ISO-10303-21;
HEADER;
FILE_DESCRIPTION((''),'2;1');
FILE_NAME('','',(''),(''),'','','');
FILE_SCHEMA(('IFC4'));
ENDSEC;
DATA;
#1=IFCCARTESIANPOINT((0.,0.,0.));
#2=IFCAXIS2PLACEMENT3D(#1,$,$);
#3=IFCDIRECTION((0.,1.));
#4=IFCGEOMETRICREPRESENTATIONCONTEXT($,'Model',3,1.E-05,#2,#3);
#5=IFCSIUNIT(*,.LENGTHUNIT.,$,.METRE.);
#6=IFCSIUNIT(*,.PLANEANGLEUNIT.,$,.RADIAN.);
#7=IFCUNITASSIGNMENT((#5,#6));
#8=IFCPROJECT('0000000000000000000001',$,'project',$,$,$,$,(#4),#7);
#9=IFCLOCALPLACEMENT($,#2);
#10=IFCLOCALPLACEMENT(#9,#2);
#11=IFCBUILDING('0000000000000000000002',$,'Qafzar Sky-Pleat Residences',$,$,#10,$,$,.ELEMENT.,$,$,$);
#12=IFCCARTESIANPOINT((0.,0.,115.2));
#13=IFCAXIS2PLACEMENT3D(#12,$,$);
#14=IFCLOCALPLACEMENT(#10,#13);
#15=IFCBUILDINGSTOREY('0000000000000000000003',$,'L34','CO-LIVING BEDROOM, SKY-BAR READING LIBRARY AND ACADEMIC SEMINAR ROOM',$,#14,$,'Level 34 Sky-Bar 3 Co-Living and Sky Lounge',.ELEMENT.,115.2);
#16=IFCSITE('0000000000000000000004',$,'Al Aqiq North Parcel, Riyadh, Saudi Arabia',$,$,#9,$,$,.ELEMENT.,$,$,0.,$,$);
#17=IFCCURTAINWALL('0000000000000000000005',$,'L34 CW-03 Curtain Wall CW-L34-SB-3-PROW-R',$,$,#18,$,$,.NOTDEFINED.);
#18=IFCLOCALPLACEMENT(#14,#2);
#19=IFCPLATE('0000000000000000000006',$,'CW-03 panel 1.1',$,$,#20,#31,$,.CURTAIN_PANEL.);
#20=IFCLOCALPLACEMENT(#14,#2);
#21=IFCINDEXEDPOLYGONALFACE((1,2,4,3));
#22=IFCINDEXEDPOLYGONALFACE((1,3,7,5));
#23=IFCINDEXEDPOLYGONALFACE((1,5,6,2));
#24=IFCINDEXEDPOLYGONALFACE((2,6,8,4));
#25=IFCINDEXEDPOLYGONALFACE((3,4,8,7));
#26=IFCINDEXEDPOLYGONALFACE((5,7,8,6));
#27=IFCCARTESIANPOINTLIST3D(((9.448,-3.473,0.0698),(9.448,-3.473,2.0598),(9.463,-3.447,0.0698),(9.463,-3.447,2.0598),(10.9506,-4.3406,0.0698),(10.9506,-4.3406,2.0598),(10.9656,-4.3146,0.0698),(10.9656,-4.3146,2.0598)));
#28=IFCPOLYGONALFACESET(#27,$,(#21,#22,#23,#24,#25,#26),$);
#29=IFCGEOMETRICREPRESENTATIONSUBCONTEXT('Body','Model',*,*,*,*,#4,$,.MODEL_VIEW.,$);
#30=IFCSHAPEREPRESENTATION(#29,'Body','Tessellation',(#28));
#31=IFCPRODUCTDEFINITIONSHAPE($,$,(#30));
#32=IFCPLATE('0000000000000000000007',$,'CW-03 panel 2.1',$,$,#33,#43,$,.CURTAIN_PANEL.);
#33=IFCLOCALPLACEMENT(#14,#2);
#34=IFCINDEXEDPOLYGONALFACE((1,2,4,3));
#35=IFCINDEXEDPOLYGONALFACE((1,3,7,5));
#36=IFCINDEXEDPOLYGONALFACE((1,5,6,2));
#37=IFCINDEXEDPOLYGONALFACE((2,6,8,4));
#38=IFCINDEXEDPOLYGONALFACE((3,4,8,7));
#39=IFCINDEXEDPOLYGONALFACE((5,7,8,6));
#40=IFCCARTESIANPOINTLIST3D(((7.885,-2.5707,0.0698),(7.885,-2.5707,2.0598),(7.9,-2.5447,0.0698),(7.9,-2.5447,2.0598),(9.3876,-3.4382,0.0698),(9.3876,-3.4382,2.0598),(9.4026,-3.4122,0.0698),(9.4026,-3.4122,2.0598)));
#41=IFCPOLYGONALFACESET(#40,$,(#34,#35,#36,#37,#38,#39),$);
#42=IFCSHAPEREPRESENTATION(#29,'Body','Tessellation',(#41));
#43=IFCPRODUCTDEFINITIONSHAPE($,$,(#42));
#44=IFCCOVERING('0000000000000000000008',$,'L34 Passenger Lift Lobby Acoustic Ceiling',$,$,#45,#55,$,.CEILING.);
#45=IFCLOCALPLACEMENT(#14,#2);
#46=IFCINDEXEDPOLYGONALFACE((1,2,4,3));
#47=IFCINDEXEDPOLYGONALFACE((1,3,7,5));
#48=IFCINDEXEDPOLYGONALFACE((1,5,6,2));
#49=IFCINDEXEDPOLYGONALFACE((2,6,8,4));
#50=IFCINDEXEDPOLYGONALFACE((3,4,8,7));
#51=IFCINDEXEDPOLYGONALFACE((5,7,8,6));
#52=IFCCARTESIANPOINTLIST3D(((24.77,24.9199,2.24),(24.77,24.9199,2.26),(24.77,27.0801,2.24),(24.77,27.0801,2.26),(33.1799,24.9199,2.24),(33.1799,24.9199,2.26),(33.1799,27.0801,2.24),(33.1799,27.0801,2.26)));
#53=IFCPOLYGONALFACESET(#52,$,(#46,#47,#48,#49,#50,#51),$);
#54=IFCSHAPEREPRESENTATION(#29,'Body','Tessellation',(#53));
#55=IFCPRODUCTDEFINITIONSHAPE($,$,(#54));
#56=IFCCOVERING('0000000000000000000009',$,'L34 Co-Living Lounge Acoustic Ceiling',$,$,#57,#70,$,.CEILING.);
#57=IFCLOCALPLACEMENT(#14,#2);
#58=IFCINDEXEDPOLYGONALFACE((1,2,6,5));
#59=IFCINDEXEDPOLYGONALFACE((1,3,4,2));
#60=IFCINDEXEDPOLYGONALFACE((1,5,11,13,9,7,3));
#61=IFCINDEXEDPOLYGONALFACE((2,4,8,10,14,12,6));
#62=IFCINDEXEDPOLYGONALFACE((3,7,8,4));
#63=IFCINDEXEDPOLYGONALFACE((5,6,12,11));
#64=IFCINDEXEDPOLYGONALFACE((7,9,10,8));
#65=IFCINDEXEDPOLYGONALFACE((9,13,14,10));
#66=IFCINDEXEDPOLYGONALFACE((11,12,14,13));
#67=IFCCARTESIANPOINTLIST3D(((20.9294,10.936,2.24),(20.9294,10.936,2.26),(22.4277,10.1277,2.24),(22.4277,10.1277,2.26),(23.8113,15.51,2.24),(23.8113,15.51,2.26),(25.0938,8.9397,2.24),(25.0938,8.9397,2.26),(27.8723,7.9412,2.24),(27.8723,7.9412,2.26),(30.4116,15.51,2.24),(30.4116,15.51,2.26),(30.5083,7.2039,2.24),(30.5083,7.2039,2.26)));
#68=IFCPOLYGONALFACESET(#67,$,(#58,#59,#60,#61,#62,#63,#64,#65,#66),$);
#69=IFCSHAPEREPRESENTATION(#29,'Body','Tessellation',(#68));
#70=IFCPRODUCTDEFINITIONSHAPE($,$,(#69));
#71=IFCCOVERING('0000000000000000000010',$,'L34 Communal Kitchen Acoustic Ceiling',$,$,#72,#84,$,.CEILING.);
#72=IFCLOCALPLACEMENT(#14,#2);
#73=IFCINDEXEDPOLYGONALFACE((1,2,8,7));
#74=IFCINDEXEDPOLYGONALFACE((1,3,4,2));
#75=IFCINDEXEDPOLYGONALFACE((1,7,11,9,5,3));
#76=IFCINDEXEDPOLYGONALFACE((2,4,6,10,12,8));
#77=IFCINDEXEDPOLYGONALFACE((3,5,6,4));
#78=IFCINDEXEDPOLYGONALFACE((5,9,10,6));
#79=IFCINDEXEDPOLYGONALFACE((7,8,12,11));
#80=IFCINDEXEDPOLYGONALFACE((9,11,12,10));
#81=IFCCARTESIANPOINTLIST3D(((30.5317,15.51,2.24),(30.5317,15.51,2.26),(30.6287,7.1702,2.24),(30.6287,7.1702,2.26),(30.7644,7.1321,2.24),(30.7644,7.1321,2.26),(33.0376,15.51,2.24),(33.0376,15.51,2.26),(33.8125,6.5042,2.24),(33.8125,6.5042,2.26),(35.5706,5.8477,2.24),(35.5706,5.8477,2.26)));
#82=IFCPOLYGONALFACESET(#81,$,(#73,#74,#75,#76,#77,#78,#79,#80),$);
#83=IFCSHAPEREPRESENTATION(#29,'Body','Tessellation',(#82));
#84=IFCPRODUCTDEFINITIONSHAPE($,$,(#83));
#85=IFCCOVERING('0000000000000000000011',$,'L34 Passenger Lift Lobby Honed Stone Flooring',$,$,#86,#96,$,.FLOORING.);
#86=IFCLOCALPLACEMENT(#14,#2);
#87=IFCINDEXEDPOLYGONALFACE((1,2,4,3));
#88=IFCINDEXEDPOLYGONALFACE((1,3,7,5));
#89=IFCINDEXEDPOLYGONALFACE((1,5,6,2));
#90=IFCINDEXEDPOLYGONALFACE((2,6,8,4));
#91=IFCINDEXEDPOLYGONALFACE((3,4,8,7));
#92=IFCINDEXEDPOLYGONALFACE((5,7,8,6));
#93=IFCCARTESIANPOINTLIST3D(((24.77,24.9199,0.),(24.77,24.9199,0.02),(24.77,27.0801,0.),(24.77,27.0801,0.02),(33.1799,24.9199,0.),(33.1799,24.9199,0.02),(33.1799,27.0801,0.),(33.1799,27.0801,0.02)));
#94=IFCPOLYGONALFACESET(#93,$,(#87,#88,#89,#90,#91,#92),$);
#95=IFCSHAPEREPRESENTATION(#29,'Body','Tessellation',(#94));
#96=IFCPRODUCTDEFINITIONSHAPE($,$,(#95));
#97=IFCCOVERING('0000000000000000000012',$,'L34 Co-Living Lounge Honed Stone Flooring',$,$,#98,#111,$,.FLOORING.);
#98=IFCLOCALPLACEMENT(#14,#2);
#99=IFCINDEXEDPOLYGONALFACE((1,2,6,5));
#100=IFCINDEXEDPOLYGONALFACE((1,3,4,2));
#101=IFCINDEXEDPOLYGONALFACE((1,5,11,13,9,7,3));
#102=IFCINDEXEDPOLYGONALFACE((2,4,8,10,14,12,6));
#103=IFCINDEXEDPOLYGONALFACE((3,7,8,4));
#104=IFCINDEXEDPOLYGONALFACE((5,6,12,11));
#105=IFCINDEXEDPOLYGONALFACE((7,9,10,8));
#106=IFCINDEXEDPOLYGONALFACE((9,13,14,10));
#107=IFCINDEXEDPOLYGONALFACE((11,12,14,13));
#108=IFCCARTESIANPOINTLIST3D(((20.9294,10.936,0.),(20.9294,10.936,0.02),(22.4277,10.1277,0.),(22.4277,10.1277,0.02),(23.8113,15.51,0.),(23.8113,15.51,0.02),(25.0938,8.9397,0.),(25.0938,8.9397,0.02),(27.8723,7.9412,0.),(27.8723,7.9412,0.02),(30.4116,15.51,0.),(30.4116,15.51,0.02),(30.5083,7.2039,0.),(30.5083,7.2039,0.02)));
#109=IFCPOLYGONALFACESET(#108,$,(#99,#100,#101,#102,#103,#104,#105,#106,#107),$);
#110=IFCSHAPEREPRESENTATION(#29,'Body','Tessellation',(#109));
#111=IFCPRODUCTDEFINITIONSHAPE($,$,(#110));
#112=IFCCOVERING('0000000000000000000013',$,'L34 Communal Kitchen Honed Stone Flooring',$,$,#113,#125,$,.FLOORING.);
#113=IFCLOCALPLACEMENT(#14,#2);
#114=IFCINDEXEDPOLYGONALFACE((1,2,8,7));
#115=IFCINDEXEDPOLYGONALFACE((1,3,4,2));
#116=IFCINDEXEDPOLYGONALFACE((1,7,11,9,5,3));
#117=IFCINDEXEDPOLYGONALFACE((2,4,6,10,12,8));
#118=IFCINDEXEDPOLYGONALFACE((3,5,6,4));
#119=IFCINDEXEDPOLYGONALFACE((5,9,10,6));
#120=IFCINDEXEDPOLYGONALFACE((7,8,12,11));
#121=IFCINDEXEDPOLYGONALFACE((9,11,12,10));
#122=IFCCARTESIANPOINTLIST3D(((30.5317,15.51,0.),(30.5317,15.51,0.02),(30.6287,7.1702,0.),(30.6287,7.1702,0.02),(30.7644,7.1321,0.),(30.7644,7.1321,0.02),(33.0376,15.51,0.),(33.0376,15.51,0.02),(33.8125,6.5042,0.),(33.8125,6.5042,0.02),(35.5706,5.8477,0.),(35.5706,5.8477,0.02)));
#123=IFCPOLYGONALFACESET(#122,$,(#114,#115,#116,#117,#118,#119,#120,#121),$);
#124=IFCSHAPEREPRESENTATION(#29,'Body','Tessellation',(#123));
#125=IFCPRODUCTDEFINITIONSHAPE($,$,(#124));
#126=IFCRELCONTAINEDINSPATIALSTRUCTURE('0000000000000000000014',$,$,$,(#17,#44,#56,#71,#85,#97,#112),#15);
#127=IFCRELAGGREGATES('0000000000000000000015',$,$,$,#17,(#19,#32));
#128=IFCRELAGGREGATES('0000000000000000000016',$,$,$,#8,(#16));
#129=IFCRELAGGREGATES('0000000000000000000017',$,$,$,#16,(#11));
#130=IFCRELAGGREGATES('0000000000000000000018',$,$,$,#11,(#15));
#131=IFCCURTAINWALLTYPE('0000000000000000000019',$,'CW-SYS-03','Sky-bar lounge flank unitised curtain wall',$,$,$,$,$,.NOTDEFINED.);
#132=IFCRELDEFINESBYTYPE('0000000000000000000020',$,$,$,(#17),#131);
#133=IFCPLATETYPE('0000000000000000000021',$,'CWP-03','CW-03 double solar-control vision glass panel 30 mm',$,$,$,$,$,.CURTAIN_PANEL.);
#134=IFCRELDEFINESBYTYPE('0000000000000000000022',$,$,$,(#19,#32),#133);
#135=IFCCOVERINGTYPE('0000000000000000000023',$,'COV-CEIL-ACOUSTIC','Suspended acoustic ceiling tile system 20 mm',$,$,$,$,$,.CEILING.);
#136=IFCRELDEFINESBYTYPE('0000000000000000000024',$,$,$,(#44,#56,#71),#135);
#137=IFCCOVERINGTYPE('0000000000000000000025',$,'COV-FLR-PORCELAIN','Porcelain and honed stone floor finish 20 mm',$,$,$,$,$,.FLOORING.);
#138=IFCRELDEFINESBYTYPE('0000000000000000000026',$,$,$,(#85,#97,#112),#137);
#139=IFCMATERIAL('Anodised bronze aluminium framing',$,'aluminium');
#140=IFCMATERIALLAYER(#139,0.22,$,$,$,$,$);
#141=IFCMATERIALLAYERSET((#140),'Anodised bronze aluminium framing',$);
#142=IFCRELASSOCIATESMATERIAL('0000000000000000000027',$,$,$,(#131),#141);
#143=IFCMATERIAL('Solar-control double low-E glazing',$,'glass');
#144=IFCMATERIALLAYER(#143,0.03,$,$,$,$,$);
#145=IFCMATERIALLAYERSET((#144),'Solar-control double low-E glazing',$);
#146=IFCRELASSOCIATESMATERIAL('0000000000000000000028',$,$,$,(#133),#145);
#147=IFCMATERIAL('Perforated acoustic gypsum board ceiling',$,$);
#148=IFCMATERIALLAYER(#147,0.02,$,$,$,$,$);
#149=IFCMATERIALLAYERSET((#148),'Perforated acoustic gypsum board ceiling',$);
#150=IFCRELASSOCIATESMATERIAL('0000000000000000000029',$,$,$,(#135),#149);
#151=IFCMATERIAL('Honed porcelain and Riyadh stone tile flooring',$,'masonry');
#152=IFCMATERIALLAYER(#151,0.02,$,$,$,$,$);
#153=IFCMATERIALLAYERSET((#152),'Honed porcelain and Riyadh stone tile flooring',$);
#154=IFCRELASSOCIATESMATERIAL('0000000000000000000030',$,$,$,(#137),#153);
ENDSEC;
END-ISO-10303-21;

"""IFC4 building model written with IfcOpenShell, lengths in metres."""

from ifc_helpers import new_model, si_unit, direction, frame, origin, origin_2d, place, context, subcontext, project, spatial, polyline, rectangle, outline, extrude, source, transform, mapped, material, layer, layer_set, type_object, element, aggregate, save


model = new_model("IFC4")

# Units and contexts
model_context = context("Model", 3, precision=1e-05, world=origin(), true_north=direction((0.0, 1.0)))
body_context = subcontext(model_context, "Body", "Model", "MODEL_VIEW")
ifc_project = project(units=[si_unit("LENGTHUNIT", "METRE"), si_unit("PLANEANGLEUNIT", "RADIAN")], contexts=[model_context])

# Site, building, storey
site_placement = place(None, origin())
site = spatial("IfcSite", under=ifc_project, at=site_placement, Name="Al Aqiq North Parcel, Riyadh, Saudi Arabia", CompositionType="ELEMENT", RefElevation=0.0)
building_placement = place(site_placement, origin())
building = spatial("IfcBuilding", under=site, at=building_placement, Name="Qafzar Sky-Pleat Residences", CompositionType="ELEMENT")
storey_placement = place(building_placement, frame((0.0, 0.0, 115.2)))
storey = spatial("IfcBuildingStorey", under=building, at=storey_placement, Name="L34", Description="CO-LIVING BEDROOM, SKY-BAR READING LIBRARY AND ACADEMIC SEMINAR ROOM", LongName="Level 34 Sky-Bar 3 Co-Living and Sky Lounge", CompositionType="ELEMENT", Elevation=115.2)

# Curtain wall
ifc_material_1 = material(Name="Anodised bronze aluminium framing", Category="aluminium")
ifc_layer_1 = layer(ifc_material_1, 0.22)
ifc_layer_set_1 = layer_set([ifc_layer_1], Name="Anodised bronze aluminium framing")
curtain_wall_type = type_object("IfcCurtainWallType", Name="CW-SYS-03", Description="Sky-bar lounge flank unitised curtain wall", PredefinedType="NOTDEFINED", material=ifc_layer_set_1)
curtain_wall_placement = place(storey_placement, origin())
curtain_wall = element("IfcCurtainWall", 1, at=curtain_wall_placement, inside=storey, type_object=curtain_wall_type, Name="L34 CW-03 Curtain Wall CW-L34-SB-3-PROW-R", PredefinedType="NOTDEFINED")

# Plates
ifc_material_2 = material(Name="Solar-control double low-E glazing", Category="glass")
ifc_layer_2 = layer(ifc_material_2, 0.03)
ifc_layer_set_2 = layer_set([ifc_layer_2], Name="Solar-control double low-E glazing")
plate_type = type_object("IfcPlateType", Name="CWP-03", Description="CW-03 double solar-control vision glass panel 30 mm", PredefinedType="CURTAIN_PANEL", material=ifc_layer_set_2)
shared_shape_1 = source(origin(), body_context, "Body", "SweptSolid", [
    extrude(rectangle(XDim=1.7351, YDim=0.03, at=origin_2d()), origin(), (0.0, 0.0, 1.0), 1.99),
])
plate_1_placement = place(storey_placement, frame((10.2068, -3.8938, 0.0698), z_axis=(0.0, 0.0, 1.0), x_axis=(-0.866027, 0.499997, 0.0)))
plate_1 = element("IfcPlate", 2, at=plate_1_placement, type_object=plate_type, Name="CW-03 panel 1.1", PredefinedType="CURTAIN_PANEL", context=body_context, shape_type="MappedRepresentation", body=[
    mapped(shared_shape_1, transform((0.0, 0.0, 0.0), x_axis=(1.0, 0.0, 0.0), y_axis=(0.0, 1.0, 0.0), z_axis=(0.0, 0.0, 1.0), scale=1.0)),
])
plate_2_placement = place(storey_placement, frame((8.6438, -2.9915, 0.0698), z_axis=(0.0, 0.0, 1.0), x_axis=(-0.866027, 0.499997, 0.0)))
plate_2 = element("IfcPlate", 3, at=plate_2_placement, type_object=plate_type, Name="CW-03 panel 2.1", PredefinedType="CURTAIN_PANEL", context=body_context, shape_type="MappedRepresentation", body=[
    mapped(shared_shape_1, transform((0.0, 0.0, 0.0), x_axis=(1.0, 0.0, 0.0), y_axis=(0.0, 1.0, 0.0), z_axis=(0.0, 0.0, 1.0), scale=1.0)),
])
aggregate(curtain_wall, [plate_1, plate_2])

# Coverings
ifc_material_3 = material(Name="Perforated acoustic gypsum board ceiling")
ifc_layer_3 = layer(ifc_material_3, 0.02)
ifc_layer_set_3 = layer_set([ifc_layer_3], Name="Perforated acoustic gypsum board ceiling")
covering_type_1 = type_object("IfcCoveringType", Name="COV-CEIL-ACOUSTIC", Description="Suspended acoustic ceiling tile system 20 mm", PredefinedType="CEILING", material=ifc_layer_set_3)
covering_1_placement = place(storey_placement, frame((0.0, 0.0, 2.24)))
element("IfcCovering", 4, at=covering_1_placement, inside=storey, type_object=covering_type_1, Name="L34 Passenger Lift Lobby Acoustic Ceiling", PredefinedType="CEILING", context=body_context, shape_type="SweptSolid", body=[
    extrude(outline(polyline([(33.1799, 24.9199), (24.77, 24.9199), (24.77, 27.0801), (33.1799, 27.0801), (33.1799, 24.9199)])), origin(), (0.0, 0.0, 1.0), 0.02),
])
covering_2_placement = place(storey_placement, frame((0.0, 0.0, 2.24)))
element("IfcCovering", 5, at=covering_2_placement, inside=storey, type_object=covering_type_1, Name="L34 Co-Living Lounge Acoustic Ceiling", PredefinedType="CEILING", context=body_context, shape_type="SweptSolid", body=[
    extrude(outline(polyline([(27.8723, 7.9412), (25.0938, 8.9397), (22.4277, 10.1277), (20.9294, 10.936), (23.8113, 15.51), (30.4116, 15.51), (30.5083, 7.2039), (27.8723, 7.9412)])), origin(), (0.0, 0.0, 1.0), 0.02),
])
covering_3_placement = place(storey_placement, frame((0.0, 0.0, 2.24)))
element("IfcCovering", 6, at=covering_3_placement, inside=storey, type_object=covering_type_1, Name="L34 Communal Kitchen Acoustic Ceiling", PredefinedType="CEILING", context=body_context, shape_type="SweptSolid", body=[
    extrude(outline(polyline([(33.8125, 6.5042), (30.7644, 7.1321), (30.6287, 7.1702), (30.5317, 15.51), (33.0376, 15.51), (35.5706, 5.8477), (33.8125, 6.5042)])), origin(), (0.0, 0.0, 1.0), 0.02),
])
ifc_material_4 = material(Name="Honed porcelain and Riyadh stone tile flooring", Category="masonry")
ifc_layer_4 = layer(ifc_material_4, 0.02)
ifc_layer_set_4 = layer_set([ifc_layer_4], Name="Honed porcelain and Riyadh stone tile flooring")
covering_type_2 = type_object("IfcCoveringType", Name="COV-FLR-PORCELAIN", Description="Porcelain and honed stone floor finish 20 mm", PredefinedType="FLOORING", material=ifc_layer_set_4)
covering_4_placement = place(storey_placement, origin())
element("IfcCovering", 7, at=covering_4_placement, inside=storey, type_object=covering_type_2, Name="L34 Passenger Lift Lobby Honed Stone Flooring", PredefinedType="FLOORING", context=body_context, shape_type="SweptSolid", body=[
    extrude(outline(polyline([(33.1799, 24.9199), (24.77, 24.9199), (24.77, 27.0801), (33.1799, 27.0801), (33.1799, 24.9199)])), origin(), (0.0, 0.0, 1.0), 0.02),
])
covering_5_placement = place(storey_placement, origin())
element("IfcCovering", 8, at=covering_5_placement, inside=storey, type_object=covering_type_2, Name="L34 Co-Living Lounge Honed Stone Flooring", PredefinedType="FLOORING", context=body_context, shape_type="SweptSolid", body=[
    extrude(outline(polyline([(27.8723, 7.9412), (25.0938, 8.9397), (22.4277, 10.1277), (20.9294, 10.936), (23.8113, 15.51), (30.4116, 15.51), (30.5083, 7.2039), (27.8723, 7.9412)])), origin(), (0.0, 0.0, 1.0), 0.02),
])
covering_6_placement = place(storey_placement, origin())
element("IfcCovering", 9, at=covering_6_placement, inside=storey, type_object=covering_type_2, Name="L34 Communal Kitchen Honed Stone Flooring", PredefinedType="FLOORING", context=body_context, shape_type="SweptSolid", body=[
    extrude(outline(polyline([(33.8125, 6.5042), (30.7644, 7.1321), (30.6287, 7.1702), (30.5317, 15.51), (33.0376, 15.51), (35.5706, 5.8477), (33.8125, 6.5042)])), origin(), (0.0, 0.0, 1.0), 0.02),
])

save(model, "model.ifc")
